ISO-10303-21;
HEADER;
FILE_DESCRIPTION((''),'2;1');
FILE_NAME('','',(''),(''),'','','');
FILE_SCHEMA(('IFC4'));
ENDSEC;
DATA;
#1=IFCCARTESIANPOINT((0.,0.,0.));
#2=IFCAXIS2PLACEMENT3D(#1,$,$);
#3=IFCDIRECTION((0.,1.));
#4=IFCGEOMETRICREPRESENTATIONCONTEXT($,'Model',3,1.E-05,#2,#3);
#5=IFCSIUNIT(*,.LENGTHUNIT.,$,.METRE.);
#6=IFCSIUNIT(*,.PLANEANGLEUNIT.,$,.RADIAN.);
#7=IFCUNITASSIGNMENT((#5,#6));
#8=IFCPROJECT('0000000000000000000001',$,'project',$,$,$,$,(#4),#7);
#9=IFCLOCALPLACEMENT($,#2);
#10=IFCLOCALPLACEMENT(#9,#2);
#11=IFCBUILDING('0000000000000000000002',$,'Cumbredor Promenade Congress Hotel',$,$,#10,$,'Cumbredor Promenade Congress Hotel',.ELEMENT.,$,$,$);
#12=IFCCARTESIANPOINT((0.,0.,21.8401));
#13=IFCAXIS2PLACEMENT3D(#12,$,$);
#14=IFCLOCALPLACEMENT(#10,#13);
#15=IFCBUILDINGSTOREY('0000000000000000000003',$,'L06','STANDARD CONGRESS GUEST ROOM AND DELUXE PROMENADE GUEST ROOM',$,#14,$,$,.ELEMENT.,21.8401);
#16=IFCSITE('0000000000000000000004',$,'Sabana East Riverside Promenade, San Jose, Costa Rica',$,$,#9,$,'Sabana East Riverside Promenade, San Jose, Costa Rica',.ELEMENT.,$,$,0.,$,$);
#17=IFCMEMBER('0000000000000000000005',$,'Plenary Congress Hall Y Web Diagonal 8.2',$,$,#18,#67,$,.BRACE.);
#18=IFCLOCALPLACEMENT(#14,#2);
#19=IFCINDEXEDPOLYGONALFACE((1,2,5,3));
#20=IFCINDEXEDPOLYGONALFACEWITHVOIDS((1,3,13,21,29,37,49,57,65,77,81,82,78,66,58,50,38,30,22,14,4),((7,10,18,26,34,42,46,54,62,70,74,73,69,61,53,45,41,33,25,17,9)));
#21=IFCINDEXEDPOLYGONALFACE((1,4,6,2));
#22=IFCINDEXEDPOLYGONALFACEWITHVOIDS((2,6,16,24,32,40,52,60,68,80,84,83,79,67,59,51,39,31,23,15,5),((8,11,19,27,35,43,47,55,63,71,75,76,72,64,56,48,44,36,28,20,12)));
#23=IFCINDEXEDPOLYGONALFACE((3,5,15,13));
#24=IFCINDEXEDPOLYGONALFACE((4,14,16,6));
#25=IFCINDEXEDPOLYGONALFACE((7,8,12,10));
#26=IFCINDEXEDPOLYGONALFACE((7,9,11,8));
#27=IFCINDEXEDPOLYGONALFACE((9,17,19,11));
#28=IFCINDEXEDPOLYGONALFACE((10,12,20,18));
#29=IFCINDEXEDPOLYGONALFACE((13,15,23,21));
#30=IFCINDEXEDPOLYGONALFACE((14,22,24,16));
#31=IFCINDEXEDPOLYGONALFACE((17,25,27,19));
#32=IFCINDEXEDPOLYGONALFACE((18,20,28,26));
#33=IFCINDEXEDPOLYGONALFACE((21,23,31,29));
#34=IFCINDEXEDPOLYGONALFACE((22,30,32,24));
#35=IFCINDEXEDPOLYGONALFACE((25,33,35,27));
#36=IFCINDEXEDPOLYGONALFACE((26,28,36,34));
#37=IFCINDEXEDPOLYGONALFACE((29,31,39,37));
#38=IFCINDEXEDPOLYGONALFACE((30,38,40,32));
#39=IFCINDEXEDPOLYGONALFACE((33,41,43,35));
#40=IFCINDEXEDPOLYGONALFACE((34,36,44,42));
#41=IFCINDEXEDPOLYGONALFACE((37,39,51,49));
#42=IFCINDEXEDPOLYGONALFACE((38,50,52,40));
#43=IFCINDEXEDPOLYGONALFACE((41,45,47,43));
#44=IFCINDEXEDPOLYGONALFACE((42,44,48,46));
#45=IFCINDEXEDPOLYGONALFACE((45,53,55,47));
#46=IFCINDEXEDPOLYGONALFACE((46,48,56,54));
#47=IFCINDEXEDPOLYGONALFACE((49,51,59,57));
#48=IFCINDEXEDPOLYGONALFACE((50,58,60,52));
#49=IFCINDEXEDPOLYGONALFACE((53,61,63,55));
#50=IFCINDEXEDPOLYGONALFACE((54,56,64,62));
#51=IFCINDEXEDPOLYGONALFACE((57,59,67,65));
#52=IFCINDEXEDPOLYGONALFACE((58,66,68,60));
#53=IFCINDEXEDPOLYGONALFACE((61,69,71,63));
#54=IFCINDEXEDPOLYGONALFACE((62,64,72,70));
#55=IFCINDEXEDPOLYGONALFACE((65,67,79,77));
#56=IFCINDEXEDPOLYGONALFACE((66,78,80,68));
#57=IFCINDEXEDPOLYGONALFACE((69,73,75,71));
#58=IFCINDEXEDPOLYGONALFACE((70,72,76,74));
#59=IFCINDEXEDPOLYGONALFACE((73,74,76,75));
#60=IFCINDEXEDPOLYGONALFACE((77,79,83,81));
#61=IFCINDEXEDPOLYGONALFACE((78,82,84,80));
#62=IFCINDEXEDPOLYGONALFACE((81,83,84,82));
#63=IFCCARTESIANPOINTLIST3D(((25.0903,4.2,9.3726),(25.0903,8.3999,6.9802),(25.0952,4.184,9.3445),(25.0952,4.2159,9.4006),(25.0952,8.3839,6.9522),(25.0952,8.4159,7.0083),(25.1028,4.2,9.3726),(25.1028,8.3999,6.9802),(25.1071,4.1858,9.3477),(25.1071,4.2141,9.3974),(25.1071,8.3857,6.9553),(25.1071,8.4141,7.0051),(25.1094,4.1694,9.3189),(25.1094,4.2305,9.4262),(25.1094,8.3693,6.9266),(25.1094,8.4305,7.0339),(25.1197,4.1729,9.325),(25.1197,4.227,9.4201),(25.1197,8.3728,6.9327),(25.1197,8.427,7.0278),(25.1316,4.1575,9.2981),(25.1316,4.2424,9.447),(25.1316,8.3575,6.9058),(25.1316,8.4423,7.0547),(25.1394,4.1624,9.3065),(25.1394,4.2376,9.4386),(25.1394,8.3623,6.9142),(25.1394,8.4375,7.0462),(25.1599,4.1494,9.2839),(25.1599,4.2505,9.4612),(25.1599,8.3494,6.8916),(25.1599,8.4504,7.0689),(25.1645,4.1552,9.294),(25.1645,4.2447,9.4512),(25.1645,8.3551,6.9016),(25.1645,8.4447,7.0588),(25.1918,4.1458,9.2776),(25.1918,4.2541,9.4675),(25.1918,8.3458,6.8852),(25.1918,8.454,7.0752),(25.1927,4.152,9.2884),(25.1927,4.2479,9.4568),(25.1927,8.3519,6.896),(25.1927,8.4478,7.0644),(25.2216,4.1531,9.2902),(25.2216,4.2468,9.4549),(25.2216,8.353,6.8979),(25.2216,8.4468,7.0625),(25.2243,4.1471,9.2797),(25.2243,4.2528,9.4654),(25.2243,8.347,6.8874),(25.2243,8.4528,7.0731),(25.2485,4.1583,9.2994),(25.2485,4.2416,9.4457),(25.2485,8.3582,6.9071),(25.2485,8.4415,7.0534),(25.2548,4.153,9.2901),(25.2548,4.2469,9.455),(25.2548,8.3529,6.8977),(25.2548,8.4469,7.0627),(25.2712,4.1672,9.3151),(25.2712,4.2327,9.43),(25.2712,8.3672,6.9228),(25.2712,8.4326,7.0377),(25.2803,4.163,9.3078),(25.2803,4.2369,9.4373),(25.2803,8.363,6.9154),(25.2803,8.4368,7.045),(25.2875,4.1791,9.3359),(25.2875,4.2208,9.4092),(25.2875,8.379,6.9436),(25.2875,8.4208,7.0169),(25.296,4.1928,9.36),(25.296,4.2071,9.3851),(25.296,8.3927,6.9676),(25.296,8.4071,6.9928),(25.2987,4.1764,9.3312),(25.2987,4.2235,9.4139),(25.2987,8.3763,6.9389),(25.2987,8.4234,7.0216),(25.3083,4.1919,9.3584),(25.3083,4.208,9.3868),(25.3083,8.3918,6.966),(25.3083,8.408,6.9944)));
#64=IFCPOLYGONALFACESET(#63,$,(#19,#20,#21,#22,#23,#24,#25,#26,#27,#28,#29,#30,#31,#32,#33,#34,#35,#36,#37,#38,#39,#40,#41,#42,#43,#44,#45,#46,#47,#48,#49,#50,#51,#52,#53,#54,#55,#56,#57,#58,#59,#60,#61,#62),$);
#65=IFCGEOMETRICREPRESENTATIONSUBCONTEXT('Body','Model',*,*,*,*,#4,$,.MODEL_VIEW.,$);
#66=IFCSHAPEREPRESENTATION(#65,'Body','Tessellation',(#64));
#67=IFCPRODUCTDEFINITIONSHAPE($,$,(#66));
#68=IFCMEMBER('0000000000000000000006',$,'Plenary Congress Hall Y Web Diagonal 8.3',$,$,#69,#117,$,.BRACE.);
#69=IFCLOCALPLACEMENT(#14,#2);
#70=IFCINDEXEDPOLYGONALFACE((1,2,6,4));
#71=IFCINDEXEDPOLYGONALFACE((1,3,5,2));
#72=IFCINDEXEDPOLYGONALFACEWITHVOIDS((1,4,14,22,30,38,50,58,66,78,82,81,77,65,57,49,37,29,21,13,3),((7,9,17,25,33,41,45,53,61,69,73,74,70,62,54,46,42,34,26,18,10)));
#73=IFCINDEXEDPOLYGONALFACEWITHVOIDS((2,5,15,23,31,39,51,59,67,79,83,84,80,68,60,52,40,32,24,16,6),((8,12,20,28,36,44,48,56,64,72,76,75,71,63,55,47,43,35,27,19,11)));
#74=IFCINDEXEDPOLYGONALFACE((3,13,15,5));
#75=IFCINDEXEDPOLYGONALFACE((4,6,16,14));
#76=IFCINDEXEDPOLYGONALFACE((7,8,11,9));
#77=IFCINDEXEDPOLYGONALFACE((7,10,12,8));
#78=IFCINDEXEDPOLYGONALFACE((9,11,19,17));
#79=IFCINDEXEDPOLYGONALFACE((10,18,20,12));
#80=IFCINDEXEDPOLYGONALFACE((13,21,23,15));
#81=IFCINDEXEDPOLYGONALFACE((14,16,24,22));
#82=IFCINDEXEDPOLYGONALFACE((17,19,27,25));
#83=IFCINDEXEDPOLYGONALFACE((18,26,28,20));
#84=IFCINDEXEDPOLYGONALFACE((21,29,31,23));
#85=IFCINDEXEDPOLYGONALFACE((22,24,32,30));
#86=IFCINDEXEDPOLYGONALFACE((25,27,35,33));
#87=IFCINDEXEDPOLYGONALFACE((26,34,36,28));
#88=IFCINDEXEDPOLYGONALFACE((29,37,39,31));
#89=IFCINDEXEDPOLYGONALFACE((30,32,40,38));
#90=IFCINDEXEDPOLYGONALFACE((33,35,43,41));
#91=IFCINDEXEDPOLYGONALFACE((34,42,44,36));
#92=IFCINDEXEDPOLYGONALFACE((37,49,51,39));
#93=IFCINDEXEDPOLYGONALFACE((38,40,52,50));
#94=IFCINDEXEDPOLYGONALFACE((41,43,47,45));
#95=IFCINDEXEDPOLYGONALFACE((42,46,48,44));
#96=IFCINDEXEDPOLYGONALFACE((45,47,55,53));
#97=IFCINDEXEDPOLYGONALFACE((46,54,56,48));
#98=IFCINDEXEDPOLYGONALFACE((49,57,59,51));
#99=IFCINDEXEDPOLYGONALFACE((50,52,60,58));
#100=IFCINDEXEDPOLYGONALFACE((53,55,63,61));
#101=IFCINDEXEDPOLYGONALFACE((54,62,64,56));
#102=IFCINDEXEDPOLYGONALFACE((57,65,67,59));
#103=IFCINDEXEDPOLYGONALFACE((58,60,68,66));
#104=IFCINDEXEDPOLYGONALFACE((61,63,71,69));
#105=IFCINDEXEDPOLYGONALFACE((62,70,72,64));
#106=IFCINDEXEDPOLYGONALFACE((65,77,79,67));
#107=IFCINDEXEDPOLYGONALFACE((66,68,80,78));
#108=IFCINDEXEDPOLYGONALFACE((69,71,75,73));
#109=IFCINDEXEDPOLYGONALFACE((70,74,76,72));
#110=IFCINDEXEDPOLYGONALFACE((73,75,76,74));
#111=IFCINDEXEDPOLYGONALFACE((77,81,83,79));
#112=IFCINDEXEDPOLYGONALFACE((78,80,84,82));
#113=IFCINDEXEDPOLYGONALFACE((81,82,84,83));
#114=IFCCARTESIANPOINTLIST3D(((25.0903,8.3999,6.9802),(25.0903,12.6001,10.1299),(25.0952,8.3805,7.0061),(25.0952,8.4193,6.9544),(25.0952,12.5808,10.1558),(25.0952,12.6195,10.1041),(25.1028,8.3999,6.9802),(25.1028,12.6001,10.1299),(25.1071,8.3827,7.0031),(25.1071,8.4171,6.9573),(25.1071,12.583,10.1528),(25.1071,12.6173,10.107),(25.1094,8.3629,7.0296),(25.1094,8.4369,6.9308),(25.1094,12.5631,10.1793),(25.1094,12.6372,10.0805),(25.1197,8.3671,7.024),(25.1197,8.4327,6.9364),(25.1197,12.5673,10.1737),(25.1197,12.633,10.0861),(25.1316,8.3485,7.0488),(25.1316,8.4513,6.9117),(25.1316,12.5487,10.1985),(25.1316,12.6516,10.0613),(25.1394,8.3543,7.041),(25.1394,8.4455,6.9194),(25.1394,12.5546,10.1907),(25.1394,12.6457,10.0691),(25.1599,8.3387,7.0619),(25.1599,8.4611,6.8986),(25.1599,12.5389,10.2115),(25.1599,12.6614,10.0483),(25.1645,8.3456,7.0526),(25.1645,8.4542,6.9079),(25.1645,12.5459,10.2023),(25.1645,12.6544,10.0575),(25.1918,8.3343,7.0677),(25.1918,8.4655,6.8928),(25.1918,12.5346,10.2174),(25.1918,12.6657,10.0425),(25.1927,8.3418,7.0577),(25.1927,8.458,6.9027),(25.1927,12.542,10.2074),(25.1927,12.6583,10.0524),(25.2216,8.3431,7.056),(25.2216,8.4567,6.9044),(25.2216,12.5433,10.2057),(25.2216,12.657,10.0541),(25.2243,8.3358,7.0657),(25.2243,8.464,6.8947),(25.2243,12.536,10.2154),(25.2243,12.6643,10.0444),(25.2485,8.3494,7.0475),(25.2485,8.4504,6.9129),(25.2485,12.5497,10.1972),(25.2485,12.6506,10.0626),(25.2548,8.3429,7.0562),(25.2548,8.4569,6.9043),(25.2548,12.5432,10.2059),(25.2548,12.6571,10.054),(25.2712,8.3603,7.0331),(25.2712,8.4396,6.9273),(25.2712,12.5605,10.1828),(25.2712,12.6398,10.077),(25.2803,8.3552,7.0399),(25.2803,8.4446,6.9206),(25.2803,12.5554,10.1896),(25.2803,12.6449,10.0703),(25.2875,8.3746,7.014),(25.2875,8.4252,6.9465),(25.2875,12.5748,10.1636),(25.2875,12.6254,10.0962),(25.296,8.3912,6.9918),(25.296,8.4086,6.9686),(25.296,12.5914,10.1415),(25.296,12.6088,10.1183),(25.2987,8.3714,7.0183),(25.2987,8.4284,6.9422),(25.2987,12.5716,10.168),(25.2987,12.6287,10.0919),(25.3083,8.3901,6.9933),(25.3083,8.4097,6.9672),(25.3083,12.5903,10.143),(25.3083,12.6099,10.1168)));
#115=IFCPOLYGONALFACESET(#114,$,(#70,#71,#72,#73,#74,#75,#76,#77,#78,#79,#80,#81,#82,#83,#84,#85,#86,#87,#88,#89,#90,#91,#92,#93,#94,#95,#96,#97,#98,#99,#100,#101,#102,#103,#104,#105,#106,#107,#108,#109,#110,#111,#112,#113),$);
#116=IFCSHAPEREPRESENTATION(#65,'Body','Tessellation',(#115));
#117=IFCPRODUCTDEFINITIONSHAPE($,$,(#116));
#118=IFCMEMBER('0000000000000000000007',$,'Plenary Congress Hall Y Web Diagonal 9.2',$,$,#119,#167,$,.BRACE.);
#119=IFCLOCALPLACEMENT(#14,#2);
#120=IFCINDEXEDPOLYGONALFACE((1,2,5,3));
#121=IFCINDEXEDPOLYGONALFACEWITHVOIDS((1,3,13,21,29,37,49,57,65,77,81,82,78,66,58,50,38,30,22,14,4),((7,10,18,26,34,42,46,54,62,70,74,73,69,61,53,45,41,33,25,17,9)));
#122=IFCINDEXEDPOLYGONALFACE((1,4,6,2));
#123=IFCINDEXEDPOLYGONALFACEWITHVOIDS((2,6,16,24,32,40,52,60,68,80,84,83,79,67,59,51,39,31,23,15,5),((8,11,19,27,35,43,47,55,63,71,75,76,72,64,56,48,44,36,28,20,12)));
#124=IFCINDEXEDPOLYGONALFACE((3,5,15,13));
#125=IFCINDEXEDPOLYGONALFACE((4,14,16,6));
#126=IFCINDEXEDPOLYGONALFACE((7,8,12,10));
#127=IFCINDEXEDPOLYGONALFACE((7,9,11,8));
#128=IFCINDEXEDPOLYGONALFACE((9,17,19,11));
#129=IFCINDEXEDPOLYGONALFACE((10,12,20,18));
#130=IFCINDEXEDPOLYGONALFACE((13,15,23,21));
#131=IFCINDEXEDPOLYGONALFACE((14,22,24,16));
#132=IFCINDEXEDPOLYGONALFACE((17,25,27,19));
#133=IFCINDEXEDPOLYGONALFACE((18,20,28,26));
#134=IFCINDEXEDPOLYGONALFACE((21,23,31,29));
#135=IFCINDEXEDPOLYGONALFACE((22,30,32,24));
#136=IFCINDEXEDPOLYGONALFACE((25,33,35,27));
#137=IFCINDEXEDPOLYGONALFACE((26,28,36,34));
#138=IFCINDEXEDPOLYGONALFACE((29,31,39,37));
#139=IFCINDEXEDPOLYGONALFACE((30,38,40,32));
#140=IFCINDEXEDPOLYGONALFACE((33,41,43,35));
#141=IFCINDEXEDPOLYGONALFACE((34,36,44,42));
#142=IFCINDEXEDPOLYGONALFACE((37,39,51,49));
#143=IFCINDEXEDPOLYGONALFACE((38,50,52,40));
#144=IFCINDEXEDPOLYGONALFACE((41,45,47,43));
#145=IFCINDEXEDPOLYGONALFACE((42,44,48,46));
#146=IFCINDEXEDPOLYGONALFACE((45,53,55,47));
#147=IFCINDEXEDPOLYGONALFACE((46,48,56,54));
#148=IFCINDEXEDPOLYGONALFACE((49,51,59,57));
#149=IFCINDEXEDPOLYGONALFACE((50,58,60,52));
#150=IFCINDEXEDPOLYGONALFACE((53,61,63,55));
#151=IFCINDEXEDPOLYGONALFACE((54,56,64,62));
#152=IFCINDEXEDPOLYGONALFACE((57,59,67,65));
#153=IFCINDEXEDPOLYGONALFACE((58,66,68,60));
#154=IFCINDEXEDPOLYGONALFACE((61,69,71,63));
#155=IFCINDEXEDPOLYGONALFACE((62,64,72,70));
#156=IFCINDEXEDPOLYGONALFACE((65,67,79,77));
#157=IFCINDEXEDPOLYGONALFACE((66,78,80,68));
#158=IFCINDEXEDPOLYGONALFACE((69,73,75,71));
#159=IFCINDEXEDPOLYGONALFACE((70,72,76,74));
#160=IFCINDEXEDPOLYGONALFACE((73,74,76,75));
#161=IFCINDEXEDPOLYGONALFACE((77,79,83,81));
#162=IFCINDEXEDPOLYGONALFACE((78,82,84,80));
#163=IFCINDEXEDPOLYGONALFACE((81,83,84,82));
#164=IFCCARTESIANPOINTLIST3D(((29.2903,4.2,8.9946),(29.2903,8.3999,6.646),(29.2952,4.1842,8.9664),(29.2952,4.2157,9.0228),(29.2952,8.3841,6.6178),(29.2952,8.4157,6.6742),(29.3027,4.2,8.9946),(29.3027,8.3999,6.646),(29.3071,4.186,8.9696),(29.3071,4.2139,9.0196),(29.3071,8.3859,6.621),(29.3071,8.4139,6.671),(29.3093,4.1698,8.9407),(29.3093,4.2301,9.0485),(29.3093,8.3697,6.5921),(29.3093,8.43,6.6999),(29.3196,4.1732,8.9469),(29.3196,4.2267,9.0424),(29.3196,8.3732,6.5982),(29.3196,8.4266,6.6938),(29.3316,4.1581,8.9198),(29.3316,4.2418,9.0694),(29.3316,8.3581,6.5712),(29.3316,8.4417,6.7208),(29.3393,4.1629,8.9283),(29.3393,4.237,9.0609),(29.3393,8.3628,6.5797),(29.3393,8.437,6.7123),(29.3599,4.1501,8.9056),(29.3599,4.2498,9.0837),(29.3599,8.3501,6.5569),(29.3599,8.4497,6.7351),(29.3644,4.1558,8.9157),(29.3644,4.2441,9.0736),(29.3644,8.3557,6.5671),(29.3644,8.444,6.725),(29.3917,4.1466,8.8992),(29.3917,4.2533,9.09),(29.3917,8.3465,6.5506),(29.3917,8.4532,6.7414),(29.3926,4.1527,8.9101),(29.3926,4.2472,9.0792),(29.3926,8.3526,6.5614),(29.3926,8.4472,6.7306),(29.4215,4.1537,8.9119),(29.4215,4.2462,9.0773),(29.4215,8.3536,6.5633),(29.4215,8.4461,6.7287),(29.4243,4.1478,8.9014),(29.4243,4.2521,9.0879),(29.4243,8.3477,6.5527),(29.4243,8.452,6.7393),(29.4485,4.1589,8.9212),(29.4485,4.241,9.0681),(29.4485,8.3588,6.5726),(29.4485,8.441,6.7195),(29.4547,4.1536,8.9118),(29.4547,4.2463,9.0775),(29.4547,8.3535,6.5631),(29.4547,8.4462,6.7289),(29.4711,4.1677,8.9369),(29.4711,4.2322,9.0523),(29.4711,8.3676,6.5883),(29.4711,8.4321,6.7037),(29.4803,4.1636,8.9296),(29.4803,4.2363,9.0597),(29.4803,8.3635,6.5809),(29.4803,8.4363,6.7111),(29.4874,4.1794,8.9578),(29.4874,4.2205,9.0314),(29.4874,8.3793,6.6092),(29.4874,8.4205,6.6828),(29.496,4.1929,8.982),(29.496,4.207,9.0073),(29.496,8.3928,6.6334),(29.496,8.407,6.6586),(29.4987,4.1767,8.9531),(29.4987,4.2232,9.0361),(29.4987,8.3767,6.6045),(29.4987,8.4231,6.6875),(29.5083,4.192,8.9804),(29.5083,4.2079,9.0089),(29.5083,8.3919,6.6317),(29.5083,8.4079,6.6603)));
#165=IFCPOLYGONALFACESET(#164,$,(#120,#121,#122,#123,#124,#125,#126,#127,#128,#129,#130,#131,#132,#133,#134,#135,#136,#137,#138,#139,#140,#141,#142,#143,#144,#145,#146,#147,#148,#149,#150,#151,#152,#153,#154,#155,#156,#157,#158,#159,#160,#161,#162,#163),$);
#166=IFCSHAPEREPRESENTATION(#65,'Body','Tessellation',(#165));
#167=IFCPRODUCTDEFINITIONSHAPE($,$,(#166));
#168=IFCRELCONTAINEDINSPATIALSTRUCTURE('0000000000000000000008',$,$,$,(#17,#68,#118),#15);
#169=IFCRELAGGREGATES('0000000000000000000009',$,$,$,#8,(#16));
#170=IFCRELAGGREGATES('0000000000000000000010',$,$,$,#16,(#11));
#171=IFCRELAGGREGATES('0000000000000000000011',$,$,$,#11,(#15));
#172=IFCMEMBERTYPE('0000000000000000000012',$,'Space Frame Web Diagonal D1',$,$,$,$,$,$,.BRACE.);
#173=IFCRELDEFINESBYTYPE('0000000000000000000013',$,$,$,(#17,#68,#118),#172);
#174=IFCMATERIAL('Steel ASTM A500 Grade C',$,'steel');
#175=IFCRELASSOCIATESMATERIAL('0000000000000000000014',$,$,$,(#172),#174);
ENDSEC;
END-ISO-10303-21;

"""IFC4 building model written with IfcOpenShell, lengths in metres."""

from ifc_helpers import new_model, si_unit, direction, frame, origin, origin_2d, place, context, subcontext, project, spatial, hollow_circle, extrude, material, material_profile, profile_set, type_object, element, save


model = new_model("IFC4")

# Units and contexts
model_context = context("Model", 3, precision=1e-05, world=origin(), true_north=direction((0.0, 1.0)))
body_context = subcontext(model_context, "Body", "Model", "MODEL_VIEW")
ifc_project = project(units=[si_unit("LENGTHUNIT", "METRE"), si_unit("PLANEANGLEUNIT", "RADIAN")], contexts=[model_context])

# Site, building, storey
site_placement = place(None, origin())
site = spatial("IfcSite", under=ifc_project, at=site_placement, Name="Sabana East Riverside Promenade, San Jose, Costa Rica", LongName="Sabana East Riverside Promenade, San Jose, Costa Rica", CompositionType="ELEMENT", RefElevation=0.0)
building_placement = place(site_placement, origin())
building = spatial("IfcBuilding", under=site, at=building_placement, Name="Cumbredor Promenade Congress Hotel", LongName="Cumbredor Promenade Congress Hotel", CompositionType="ELEMENT")
storey_placement = place(building_placement, frame((0.0, 0.0, 21.8401)))
storey = spatial("IfcBuildingStorey", under=building, at=storey_placement, Name="L06", Description="STANDARD CONGRESS GUEST ROOM AND DELUXE PROMENADE GUEST ROOM", CompositionType="ELEMENT", Elevation=21.8401)

# Members
ifc_material_1 = material(Name="Steel ASTM A500 Grade C", Category="steel")
ifc_material_profile_1 = material_profile(ifc_material_1, hollow_circle(Radius=0.1096, WallThickness=0.0125, at=origin_2d()), Name="CHS 219.1x12.5")
ifc_profile_set_1 = profile_set([ifc_material_profile_1], Name="Steel ASTM A500 Grade C")
member_type_1 = type_object("IfcMemberType", Name="Space Frame Web Diagonal D1", PredefinedType="BRACE", material=ifc_profile_set_1)
member_1_placement = place(storey_placement, frame((25.2, 4.2, 9.3726), z_axis=(0.0, 0.868923, -0.494947), x_axis=(-1.0, 0.0, 0.0)))
element("IfcMember", 1, at=member_1_placement, inside=storey, type_object=member_type_1, Name="Plenary Congress Hall Y Web Diagonal 8.2", PredefinedType="BRACE", context=body_context, shape_type="SweptSolid", body=[
    extrude(hollow_circle(Radius=0.1096, WallThickness=0.0125, at=origin_2d()), origin(), (0.0, 0.0, 1.0), 4.8335),
])
member_2_placement = place(storey_placement, frame((25.2, 8.3999, 6.9802), z_axis=(0.0, 0.800045, 0.59994), x_axis=(-1.0, 0.0, 0.0)))
element("IfcMember", 2, at=member_2_placement, inside=storey, type_object=member_type_1, Name="Plenary Congress Hall Y Web Diagonal 8.3", PredefinedType="BRACE", context=body_context, shape_type="SweptSolid", body=[
    extrude(hollow_circle(Radius=0.1096, WallThickness=0.0125, at=origin_2d()), origin(), (0.0, 0.0, 1.0), 5.25),
])
member_3_placement = place(storey_placement, frame((29.3999, 4.2, 8.9946), z_axis=(0.0, 0.872802, -0.488075), x_axis=(-1.0, 0.0, 0.0)))
element("IfcMember", 3, at=member_3_placement, inside=storey, type_object=member_type_1, Name="Plenary Congress Hall Y Web Diagonal 9.2", PredefinedType="BRACE", context=body_context, shape_type="SweptSolid", body=[
    extrude(hollow_circle(Radius=0.1096, WallThickness=0.0125, at=origin_2d()), origin(), (0.0, 0.0, 1.0), 4.812),
])

save(model, "model.ifc")
